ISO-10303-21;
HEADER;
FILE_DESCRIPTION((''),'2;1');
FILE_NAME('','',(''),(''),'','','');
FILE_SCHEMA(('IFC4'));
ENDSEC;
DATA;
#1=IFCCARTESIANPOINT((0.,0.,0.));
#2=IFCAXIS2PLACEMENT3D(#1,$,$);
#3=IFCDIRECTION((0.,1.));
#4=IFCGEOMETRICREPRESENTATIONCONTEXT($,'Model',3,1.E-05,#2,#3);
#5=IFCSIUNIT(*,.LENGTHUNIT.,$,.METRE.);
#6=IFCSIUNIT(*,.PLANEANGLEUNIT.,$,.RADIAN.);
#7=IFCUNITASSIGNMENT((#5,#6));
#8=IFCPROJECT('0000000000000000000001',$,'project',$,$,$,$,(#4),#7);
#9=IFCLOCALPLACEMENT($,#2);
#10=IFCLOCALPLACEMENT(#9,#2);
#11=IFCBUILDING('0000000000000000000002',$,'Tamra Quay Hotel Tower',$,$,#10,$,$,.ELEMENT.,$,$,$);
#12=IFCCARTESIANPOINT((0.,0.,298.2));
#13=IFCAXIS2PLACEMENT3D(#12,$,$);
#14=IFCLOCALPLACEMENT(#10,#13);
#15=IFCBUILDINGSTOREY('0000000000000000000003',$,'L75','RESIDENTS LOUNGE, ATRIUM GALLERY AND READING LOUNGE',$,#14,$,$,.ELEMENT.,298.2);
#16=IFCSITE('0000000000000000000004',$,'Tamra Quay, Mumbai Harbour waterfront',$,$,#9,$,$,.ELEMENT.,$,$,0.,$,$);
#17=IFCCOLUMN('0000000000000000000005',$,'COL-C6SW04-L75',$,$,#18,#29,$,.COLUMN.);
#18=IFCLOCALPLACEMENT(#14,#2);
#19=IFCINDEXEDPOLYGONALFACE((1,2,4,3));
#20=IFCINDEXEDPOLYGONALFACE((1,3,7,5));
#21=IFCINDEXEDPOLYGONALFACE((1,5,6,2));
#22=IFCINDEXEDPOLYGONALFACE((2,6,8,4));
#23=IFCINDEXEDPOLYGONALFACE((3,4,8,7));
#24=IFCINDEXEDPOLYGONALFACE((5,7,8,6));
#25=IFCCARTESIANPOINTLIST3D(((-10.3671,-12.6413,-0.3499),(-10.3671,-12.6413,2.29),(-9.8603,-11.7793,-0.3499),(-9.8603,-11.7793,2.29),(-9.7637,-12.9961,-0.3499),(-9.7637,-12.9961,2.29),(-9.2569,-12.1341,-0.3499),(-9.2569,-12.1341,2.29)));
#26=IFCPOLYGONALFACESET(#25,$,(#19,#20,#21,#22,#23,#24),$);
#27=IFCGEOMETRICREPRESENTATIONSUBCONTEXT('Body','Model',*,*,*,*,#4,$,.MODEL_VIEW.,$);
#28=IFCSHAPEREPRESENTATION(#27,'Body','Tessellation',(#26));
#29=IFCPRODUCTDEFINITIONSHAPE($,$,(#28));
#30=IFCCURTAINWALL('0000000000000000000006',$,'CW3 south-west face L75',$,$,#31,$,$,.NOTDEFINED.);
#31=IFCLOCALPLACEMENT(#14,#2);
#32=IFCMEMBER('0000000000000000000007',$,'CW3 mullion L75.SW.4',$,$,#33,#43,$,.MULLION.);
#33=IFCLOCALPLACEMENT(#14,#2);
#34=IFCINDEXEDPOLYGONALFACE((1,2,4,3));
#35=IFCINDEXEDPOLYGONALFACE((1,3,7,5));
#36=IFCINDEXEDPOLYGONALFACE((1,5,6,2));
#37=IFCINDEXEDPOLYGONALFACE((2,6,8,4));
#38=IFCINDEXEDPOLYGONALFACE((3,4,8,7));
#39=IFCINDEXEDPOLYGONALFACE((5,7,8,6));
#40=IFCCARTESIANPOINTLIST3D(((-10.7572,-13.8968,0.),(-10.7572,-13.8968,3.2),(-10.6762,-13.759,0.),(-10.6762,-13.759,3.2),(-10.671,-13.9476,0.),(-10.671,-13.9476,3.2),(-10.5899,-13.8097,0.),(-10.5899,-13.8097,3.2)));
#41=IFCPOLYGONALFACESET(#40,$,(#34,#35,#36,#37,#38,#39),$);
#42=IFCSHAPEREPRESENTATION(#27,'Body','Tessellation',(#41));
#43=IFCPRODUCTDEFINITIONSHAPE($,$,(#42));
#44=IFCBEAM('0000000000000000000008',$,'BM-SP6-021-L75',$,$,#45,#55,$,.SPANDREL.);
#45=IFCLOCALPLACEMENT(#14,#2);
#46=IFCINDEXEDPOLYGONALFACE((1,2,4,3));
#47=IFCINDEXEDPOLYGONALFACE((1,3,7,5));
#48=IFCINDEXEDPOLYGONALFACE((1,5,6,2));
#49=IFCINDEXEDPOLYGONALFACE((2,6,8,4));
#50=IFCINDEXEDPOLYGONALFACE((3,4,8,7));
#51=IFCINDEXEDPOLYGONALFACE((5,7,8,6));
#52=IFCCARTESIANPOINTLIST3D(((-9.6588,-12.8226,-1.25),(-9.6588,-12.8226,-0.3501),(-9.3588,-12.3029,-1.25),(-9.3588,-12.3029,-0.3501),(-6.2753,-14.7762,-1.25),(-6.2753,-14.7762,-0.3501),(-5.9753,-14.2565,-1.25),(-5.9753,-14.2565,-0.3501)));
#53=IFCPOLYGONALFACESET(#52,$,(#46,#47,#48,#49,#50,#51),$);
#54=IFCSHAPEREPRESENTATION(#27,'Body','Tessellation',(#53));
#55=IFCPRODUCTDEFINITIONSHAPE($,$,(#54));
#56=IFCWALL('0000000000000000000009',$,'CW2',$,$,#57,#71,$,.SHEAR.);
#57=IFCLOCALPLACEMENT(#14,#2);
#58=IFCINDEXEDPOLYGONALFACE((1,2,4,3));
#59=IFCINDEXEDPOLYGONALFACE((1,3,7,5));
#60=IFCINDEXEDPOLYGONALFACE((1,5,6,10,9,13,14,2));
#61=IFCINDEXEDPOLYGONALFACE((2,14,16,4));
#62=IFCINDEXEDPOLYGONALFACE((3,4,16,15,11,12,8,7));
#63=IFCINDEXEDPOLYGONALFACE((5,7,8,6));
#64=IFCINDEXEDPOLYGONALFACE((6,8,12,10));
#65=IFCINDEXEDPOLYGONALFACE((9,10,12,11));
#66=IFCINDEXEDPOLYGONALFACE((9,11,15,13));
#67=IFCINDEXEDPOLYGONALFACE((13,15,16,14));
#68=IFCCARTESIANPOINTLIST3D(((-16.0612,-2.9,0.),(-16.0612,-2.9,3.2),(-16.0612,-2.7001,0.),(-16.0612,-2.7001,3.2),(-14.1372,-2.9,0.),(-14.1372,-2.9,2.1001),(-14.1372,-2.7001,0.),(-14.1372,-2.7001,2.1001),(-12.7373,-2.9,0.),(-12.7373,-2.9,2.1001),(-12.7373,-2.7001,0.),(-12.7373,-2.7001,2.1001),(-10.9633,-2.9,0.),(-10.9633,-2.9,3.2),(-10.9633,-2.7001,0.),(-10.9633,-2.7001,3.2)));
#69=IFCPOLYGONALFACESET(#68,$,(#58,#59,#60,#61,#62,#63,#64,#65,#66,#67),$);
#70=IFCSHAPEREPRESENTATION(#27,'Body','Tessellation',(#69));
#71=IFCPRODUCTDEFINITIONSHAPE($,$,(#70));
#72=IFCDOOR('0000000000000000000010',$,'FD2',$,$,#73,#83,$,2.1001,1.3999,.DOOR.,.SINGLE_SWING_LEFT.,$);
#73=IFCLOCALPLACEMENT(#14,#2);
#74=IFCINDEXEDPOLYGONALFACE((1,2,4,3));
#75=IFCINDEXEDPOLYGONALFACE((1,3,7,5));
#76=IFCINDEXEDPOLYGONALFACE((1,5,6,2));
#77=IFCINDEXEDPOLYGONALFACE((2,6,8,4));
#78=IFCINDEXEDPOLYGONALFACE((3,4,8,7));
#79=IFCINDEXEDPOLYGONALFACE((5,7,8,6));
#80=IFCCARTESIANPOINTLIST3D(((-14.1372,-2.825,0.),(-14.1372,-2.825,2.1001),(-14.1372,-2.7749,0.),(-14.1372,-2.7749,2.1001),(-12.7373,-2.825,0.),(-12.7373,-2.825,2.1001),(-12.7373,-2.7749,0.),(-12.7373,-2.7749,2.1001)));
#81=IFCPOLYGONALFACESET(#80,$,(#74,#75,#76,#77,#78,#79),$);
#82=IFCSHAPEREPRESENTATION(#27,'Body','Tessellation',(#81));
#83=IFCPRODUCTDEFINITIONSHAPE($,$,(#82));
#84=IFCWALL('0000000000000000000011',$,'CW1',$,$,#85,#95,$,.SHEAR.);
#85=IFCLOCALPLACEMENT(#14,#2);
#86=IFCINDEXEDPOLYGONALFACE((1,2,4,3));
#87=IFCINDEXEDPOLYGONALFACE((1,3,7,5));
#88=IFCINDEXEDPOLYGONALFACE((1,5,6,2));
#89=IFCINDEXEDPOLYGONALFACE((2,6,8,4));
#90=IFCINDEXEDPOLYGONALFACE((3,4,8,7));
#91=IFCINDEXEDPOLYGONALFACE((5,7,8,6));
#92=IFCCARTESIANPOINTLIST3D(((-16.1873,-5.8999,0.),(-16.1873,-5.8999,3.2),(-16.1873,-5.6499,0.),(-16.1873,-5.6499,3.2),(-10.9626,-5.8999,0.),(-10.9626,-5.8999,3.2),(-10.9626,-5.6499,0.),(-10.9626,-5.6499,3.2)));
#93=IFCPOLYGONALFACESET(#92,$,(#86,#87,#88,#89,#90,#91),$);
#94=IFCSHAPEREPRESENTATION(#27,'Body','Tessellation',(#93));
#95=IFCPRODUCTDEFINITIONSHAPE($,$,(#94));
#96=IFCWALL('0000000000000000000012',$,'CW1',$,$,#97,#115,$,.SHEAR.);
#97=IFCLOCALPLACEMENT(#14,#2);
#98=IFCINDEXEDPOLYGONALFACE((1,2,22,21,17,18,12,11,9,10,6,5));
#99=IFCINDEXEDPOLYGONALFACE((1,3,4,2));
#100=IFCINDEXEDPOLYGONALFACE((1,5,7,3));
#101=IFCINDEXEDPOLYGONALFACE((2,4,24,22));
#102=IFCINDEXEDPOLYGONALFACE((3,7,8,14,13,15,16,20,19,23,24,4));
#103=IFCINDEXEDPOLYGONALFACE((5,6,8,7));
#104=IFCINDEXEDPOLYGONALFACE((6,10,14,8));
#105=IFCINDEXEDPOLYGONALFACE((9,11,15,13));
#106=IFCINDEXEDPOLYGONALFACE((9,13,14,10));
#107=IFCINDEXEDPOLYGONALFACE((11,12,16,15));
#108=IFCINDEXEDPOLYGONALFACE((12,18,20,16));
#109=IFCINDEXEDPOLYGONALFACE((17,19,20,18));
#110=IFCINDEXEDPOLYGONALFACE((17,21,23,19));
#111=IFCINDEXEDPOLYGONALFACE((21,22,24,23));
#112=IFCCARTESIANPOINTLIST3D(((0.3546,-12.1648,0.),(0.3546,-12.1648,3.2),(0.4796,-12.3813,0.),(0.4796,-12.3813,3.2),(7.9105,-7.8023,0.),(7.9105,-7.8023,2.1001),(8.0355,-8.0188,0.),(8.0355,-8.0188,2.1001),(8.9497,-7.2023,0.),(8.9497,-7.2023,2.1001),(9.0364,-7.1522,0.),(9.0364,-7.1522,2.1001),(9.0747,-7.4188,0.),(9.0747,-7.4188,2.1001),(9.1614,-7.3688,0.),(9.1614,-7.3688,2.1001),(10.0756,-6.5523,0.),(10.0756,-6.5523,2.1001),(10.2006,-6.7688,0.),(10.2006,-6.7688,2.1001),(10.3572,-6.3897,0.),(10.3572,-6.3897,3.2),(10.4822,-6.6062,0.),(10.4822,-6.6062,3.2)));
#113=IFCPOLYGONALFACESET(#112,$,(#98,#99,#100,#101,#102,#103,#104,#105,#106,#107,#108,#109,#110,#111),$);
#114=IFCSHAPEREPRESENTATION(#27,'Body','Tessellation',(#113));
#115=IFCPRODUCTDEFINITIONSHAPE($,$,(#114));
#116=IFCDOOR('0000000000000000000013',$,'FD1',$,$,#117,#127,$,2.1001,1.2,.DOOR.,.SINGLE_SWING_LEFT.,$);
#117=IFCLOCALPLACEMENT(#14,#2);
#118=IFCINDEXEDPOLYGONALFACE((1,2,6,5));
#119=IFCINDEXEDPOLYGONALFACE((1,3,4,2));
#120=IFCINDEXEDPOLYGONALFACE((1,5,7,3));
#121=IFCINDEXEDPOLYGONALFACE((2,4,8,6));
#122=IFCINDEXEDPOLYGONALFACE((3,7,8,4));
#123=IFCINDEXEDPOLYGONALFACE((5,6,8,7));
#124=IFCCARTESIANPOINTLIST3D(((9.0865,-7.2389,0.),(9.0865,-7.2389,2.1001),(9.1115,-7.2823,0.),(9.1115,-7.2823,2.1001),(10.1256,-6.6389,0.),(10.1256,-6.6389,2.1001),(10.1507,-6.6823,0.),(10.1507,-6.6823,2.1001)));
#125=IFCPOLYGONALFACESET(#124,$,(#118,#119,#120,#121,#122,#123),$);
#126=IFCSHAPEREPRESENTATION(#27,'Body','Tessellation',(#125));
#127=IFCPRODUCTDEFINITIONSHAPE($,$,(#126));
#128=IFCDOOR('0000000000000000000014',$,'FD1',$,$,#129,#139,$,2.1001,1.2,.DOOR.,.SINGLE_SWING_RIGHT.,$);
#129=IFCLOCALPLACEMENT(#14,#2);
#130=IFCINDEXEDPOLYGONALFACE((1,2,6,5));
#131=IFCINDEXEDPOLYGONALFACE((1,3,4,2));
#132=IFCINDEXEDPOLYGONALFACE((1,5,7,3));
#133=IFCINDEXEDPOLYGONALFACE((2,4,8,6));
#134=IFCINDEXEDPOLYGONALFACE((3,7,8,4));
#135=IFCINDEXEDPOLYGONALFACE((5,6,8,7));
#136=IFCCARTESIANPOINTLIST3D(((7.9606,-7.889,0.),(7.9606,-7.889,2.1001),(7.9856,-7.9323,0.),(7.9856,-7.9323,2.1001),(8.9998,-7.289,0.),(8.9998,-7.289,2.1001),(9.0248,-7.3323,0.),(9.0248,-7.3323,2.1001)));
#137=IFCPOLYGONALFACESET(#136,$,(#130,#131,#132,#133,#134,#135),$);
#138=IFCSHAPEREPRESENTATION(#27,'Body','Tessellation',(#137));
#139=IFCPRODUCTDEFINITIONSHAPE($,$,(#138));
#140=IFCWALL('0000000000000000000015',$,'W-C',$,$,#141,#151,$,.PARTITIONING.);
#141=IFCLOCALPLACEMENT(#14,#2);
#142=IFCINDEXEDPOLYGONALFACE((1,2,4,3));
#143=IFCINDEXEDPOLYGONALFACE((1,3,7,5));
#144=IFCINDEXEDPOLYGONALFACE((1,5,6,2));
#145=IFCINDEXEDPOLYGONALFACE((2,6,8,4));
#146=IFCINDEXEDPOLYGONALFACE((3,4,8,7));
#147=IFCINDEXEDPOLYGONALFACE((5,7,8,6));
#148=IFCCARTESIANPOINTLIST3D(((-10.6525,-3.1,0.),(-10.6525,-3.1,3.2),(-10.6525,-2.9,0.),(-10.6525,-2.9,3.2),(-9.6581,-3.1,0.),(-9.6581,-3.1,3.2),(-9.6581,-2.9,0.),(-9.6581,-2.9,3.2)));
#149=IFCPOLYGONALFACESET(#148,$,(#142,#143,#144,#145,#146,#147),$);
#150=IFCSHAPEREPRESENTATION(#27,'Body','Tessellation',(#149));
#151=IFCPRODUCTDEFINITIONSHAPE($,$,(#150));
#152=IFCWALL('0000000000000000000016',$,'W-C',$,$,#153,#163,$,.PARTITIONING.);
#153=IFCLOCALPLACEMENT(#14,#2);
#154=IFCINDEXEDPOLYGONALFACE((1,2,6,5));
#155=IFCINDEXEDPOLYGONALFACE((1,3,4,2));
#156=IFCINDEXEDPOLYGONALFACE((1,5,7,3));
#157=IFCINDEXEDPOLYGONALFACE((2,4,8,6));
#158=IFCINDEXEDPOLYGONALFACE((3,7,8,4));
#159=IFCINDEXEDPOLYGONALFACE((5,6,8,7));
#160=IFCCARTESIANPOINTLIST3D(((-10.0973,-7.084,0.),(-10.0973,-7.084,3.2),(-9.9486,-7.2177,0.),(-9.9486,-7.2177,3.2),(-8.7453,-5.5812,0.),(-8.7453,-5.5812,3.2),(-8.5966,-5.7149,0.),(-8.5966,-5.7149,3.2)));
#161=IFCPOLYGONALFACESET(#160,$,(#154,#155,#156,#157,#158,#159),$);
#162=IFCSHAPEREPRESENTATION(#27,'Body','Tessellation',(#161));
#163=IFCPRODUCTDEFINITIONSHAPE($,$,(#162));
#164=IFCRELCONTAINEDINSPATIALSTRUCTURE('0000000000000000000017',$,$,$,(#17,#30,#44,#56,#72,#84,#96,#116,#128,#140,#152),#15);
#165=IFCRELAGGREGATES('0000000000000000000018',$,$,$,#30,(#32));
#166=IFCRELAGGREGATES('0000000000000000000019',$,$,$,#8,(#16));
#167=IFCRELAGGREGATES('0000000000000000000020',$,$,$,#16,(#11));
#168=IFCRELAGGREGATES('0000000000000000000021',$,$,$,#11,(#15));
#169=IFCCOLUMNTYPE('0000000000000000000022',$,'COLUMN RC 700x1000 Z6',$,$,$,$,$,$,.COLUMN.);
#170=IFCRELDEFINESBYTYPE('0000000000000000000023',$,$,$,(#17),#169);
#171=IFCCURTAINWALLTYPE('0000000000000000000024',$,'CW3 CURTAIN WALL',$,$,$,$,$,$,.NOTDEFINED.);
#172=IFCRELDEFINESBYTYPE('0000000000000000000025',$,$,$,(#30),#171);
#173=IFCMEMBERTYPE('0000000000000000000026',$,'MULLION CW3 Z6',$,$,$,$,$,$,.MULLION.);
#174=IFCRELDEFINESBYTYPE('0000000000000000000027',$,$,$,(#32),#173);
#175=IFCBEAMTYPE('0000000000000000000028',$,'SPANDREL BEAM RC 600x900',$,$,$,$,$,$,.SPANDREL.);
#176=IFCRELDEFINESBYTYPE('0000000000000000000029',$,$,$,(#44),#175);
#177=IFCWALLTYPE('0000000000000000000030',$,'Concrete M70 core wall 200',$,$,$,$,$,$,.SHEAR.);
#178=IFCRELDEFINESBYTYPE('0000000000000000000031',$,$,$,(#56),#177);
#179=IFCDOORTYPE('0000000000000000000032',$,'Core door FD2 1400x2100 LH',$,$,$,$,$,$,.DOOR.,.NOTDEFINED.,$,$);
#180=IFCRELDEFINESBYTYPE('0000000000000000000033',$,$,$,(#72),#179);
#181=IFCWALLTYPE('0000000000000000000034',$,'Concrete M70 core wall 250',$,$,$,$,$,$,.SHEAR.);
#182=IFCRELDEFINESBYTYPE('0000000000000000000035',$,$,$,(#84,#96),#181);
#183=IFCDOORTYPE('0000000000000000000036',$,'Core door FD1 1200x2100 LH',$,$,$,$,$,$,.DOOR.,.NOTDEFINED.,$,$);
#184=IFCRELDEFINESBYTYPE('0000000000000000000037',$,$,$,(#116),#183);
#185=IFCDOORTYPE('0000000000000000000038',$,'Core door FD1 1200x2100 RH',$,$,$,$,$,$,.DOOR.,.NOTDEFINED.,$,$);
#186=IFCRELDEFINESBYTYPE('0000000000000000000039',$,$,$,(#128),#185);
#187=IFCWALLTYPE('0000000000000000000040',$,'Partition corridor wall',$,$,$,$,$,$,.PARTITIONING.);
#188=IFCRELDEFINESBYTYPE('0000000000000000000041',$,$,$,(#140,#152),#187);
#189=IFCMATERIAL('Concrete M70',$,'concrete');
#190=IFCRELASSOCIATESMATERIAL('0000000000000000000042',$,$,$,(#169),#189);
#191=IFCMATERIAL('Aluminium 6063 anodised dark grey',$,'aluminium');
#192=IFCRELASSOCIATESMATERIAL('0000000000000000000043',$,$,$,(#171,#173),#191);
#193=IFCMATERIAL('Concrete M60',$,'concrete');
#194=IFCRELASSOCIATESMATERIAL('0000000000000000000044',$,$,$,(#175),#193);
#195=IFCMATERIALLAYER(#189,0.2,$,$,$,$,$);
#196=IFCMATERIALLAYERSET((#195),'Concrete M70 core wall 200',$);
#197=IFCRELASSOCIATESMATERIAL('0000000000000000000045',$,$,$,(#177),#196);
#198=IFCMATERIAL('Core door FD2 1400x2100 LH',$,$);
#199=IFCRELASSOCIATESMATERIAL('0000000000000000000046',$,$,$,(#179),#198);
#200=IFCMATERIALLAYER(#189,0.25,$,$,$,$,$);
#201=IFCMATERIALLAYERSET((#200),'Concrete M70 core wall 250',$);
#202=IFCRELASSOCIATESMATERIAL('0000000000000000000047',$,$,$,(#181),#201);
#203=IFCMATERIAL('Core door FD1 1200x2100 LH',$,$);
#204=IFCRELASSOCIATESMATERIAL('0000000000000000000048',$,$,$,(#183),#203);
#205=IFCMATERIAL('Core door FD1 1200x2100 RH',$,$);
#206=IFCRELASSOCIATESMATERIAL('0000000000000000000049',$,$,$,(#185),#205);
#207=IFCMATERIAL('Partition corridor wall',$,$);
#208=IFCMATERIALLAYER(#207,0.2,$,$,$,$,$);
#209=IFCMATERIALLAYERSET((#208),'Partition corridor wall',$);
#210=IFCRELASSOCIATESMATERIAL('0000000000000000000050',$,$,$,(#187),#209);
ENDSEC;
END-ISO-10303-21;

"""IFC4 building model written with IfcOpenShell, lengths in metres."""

from ifc_helpers import new_model, si_unit, direction, frame, frame_2d, origin, origin_2d, place, context, subcontext, project, spatial, rectangle, extrude, material, layer, layer_set, material_profile, profile_set, type_object, element, fill, aggregate, save


model = new_model("IFC4")

# Units and contexts
model_context = context("Model", 3, precision=1e-05, world=origin(), true_north=direction((0.0, 1.0)))
body_context = subcontext(model_context, "Body", "Model", "MODEL_VIEW")
ifc_project = project(units=[si_unit("LENGTHUNIT", "METRE"), si_unit("PLANEANGLEUNIT", "RADIAN")], contexts=[model_context])

# Site, building, storey
site_placement = place(None, origin())
site = spatial("IfcSite", under=ifc_project, at=site_placement, Name="Tamra Quay, Mumbai Harbour waterfront", CompositionType="ELEMENT", RefElevation=0.0)
building_placement = place(site_placement, origin())
building = spatial("IfcBuilding", under=site, at=building_placement, Name="Tamra Quay Hotel Tower", CompositionType="ELEMENT")
storey_placement = place(building_placement, frame((0.0, 0.0, 298.2)))
storey = spatial("IfcBuildingStorey", under=building, at=storey_placement, Name="L75", Description="RESIDENTS LOUNGE, ATRIUM GALLERY AND READING LOUNGE", CompositionType="ELEMENT", Elevation=298.2)

# Column
ifc_material_1 = material(Name="Concrete M70", Category="concrete")
ifc_material_profile_1 = material_profile(ifc_material_1, rectangle(XDim=1.0, YDim=0.7, at=origin_2d()), Name="COLUMN RC 700x1000 Z6")
ifc_profile_set_1 = profile_set([ifc_material_profile_1], Name="Concrete M70")
column_type = type_object("IfcColumnType", Name="COLUMN RC 700x1000 Z6", PredefinedType="COLUMN", material=ifc_profile_set_1)
column_placement = place(storey_placement, frame((-9.812, -12.3877, -0.3499), z_axis=(0.0, 0.0, 1.0), x_axis=(0.506843, 0.862038, 0.0)))
element("IfcColumn", 1, at=column_placement, inside=storey, type_object=column_type, Name="COL-C6SW04-L75", PredefinedType="COLUMN", context=body_context, shape_type="SweptSolid", body=[
    extrude(rectangle(XDim=1.0, YDim=0.7, at=origin_2d()), origin(), (0.0, 0.0, 1.0), 2.6399),
])

# Curtain wall, member
ifc_material_2 = material(Name="Aluminium 6063 anodised dark grey", Category="aluminium")
curtain_wall_type = type_object("IfcCurtainWallType", Name="CW3 CURTAIN WALL", PredefinedType="NOTDEFINED", material=ifc_material_2)
curtain_wall_placement = place(storey_placement, origin())
curtain_wall = element("IfcCurtainWall", 2, at=curtain_wall_placement, inside=storey, type_object=curtain_wall_type, Name="CW3 south-west face L75", PredefinedType="NOTDEFINED")
ifc_material_profile_2 = material_profile(ifc_material_2, rectangle(XDim=0.1599, YDim=0.1001, at=origin_2d()), Name="MULLION 100X160")
ifc_profile_set_2 = profile_set([ifc_material_profile_2], Name="Aluminium 6063 anodised dark grey")
member_type = type_object("IfcMemberType", Name="MULLION CW3 Z6", PredefinedType="MULLION", material=ifc_profile_set_2)
member_placement = place(storey_placement, frame((-10.6736, -13.8533, 0.0), z_axis=(0.0, 0.0, 1.0), x_axis=(-0.506754, -0.862091, 0.0)))
member = element("IfcMember", 3, at=member_placement, type_object=member_type, Name="CW3 mullion L75.SW.4", PredefinedType="MULLION", context=body_context, shape_type="SweptSolid", body=[
    extrude(rectangle(XDim=0.1599, YDim=0.1001, at=origin_2d()), origin(), (0.0, 0.0, 1.0), 3.2),
])
aggregate(curtain_wall, [member])

# Beam
ifc_material_3 = material(Name="Concrete M60", Category="concrete")
ifc_material_profile_3 = material_profile(ifc_material_3, rectangle(XDim=0.6001, YDim=0.8999, at=origin_2d()), Name="SPANDREL BEAM RC 600x900")
ifc_profile_set_3 = profile_set([ifc_material_profile_3], Name="Concrete M60")
beam_type = type_object("IfcBeamType", Name="SPANDREL BEAM RC 600x900", PredefinedType="SPANDREL", material=ifc_profile_set_3)
beam_placement = place(storey_placement, frame((-9.5088, -12.5627, -0.8), z_axis=(0.866012, -0.500024, 0.0), x_axis=(0.500024, 0.866012, 0.0)))
element("IfcBeam", 4, at=beam_placement, inside=storey, type_object=beam_type, Name="BM-SP6-021-L75", PredefinedType="SPANDREL", context=body_context, shape_type="SweptSolid", body=[
    extrude(rectangle(XDim=0.6001, YDim=0.8999, at=origin_2d()), origin(), (0.0, 0.0, 1.0), 3.907),
])

# Wall, opening, door
ifc_layer_1 = layer(ifc_material_1, 0.2)
ifc_layer_set_1 = layer_set([ifc_layer_1], Name="Concrete M70 core wall 200")
wall_type_1 = type_object("IfcWallType", Name="Concrete M70 core wall 200", PredefinedType="SHEAR", material=ifc_layer_set_1)
wall_1_placement = place(storey_placement, frame((-10.9634, -2.8, 0.0), z_axis=(0.0, 0.0, 1.0), x_axis=(-1.0, 0.0, 0.0)))
wall_1 = element("IfcWall", 5, at=wall_1_placement, inside=storey, type_object=wall_type_1, Name="CW2", PredefinedType="SHEAR", context=body_context, shape_type="SweptSolid", body=[
    extrude(rectangle(XDim=5.0979, YDim=0.2, at=frame_2d((2.5488, 0.0))), origin(), (0.0, 0.0, 1.0), 3.2),
])
opening_1_placement = place(wall_1_placement, frame((1.7739, 0.0, 0.0)))
opening_1 = element("IfcOpeningElement", 6, at=opening_1_placement, cuts=wall_1, PredefinedType="OPENING", context=body_context, shape_type="SweptSolid", body=[
    extrude(rectangle(XDim=1.3999, YDim=2.1001, at=frame_2d((0.7, 1.05))), frame((0.0, 0.1099, 0.0), z_axis=(0.0, -1.0, 0.0), x_axis=(1.0, 0.0, 0.0)), (0.0, 0.0, 1.0), 0.22),
])
ifc_material_4 = material(Name="Core door FD2 1400x2100 LH")
door_type_1 = type_object("IfcDoorType", Name="Core door FD2 1400x2100 LH", OperationType="NOTDEFINED", PredefinedType="DOOR", material=ifc_material_4)
door_1_placement = place(opening_1_placement, origin())
door_1 = element("IfcDoor", 7, at=door_1_placement, inside=storey, type_object=door_type_1, Name="FD2", OperationType="SINGLE_SWING_LEFT", OverallHeight=2.1001, OverallWidth=1.3999, PredefinedType="DOOR", context=body_context, shape_type="SweptSolid", body=[
    extrude(rectangle(XDim=1.3999, YDim=2.1001, at=frame_2d((0.7, 1.05))), frame((0.0, 0.0249, 0.0), z_axis=(0.0, -1.0, 0.0), x_axis=(1.0, 0.0, 0.0)), (0.0, 0.0, 1.0), 0.05),
])
fill(opening_1, door_1)

# Wall
ifc_layer_2 = layer(ifc_material_1, 0.25)
ifc_layer_set_2 = layer_set([ifc_layer_2], Name="Concrete M70 core wall 250")
wall_type_2 = type_object("IfcWallType", Name="Concrete M70 core wall 250", PredefinedType="SHEAR", material=ifc_layer_set_2)
wall_2_placement = place(storey_placement, frame((-10.9626, -5.7749, 0.0), z_axis=(0.0, 0.0, 1.0), x_axis=(-1.0, 0.0, 0.0)))
element("IfcWall", 8, at=wall_2_placement, inside=storey, type_object=wall_type_2, Name="CW1", PredefinedType="SHEAR", context=body_context, shape_type="SweptSolid", body=[
    extrude(rectangle(XDim=5.2246, YDim=0.25, at=frame_2d((2.6123, 0.0))), origin(), (0.0, 0.0, 1.0), 3.2),
])

# Wall, openings, doors
wall_3_placement = place(storey_placement, frame((0.4172, -12.2729, 0.0), z_axis=(0.0, 0.0, 1.0), x_axis=(0.866022, 0.500006, 0.0)))
wall_3 = element("IfcWall", 9, at=wall_3_placement, inside=storey, type_object=wall_type_2, Name="CW1", PredefinedType="SHEAR", context=body_context, shape_type="SweptSolid", body=[
    extrude(rectangle(XDim=11.55, YDim=0.25, at=frame_2d((5.7749, 0.0))), origin(), (0.0, 0.0, 1.0), 3.2),
])
opening_2_placement = place(wall_3_placement, frame((10.0247, 0.0, 0.0)))
opening_2 = element("IfcOpeningElement", 10, at=opening_2_placement, cuts=wall_3, PredefinedType="OPENING", context=body_context, shape_type="SweptSolid", body=[
    extrude(rectangle(XDim=1.2, YDim=2.1001, at=frame_2d((0.6001, 1.05))), frame((0.0, 0.135, 0.0), z_axis=(0.0, -1.0, 0.0), x_axis=(1.0, 0.0, 0.0)), (0.0, 0.0, 1.0), 0.27),
])
opening_3_placement = place(wall_3_placement, frame((8.7246, 0.0, 0.0)))
opening_3 = element("IfcOpeningElement", 11, at=opening_3_placement, cuts=wall_3, PredefinedType="OPENING", context=body_context, shape_type="SweptSolid", body=[
    extrude(rectangle(XDim=1.2, YDim=2.1001, at=frame_2d((0.6001, 1.05))), frame((0.0, 0.135, 0.0), z_axis=(0.0, -1.0, 0.0), x_axis=(1.0, 0.0, 0.0)), (0.0, 0.0, 1.0), 0.27),
])
ifc_material_5 = material(Name="Core door FD1 1200x2100 LH")
door_type_2 = type_object("IfcDoorType", Name="Core door FD1 1200x2100 LH", OperationType="NOTDEFINED", PredefinedType="DOOR", material=ifc_material_5)
door_2_placement = place(opening_2_placement, origin())
door_2 = element("IfcDoor", 12, at=door_2_placement, inside=storey, type_object=door_type_2, Name="FD1", OperationType="SINGLE_SWING_LEFT", OverallHeight=2.1001, OverallWidth=1.2, PredefinedType="DOOR", context=body_context, shape_type="SweptSolid", body=[
    extrude(rectangle(XDim=1.2, YDim=2.1001, at=frame_2d((0.6001, 1.05))), frame((0.0, 0.0249, 0.0), z_axis=(0.0, -1.0, 0.0), x_axis=(1.0, 0.0, 0.0)), (0.0, 0.0, 1.0), 0.05),
])
fill(opening_2, door_2)
ifc_material_6 = material(Name="Core door FD1 1200x2100 RH")
door_type_3 = type_object("IfcDoorType", Name="Core door FD1 1200x2100 RH", OperationType="NOTDEFINED", PredefinedType="DOOR", material=ifc_material_6)
door_3_placement = place(opening_3_placement, origin())
door_3 = element("IfcDoor", 13, at=door_3_placement, inside=storey, type_object=door_type_3, Name="FD1", OperationType="SINGLE_SWING_RIGHT", OverallHeight=2.1001, OverallWidth=1.2, PredefinedType="DOOR", context=body_context, shape_type="SweptSolid", body=[
    extrude(rectangle(XDim=1.2, YDim=2.1001, at=frame_2d((0.6001, 1.05))), frame((0.0, 0.0249, 0.0), z_axis=(0.0, -1.0, 0.0), x_axis=(1.0, 0.0, 0.0)), (0.0, 0.0, 1.0), 0.05),
])
fill(opening_3, door_3)

# Walls
ifc_material_7 = material(Name="Partition corridor wall")
ifc_layer_3 = layer(ifc_material_7, 0.2)
ifc_layer_set_3 = layer_set([ifc_layer_3], Name="Partition corridor wall")
wall_type_3 = type_object("IfcWallType", Name="Partition corridor wall", PredefinedType="PARTITIONING", material=ifc_layer_set_3)
wall_4_placement = place(storey_placement, frame((-10.6523, -3.0, 0.0), z_axis=(0.0, 0.0, 1.0), x_axis=(1.0, 0.0, 0.0)))
element("IfcWall", 14, at=wall_4_placement, inside=storey, type_object=wall_type_3, Name="W-C", PredefinedType="PARTITIONING", context=body_context, shape_type="SweptSolid", body=[
    extrude(rectangle(XDim=0.9944, YDim=0.2, at=frame_2d((0.4971, 0.0))), origin(), (0.0, 0.0, 1.0), 3.2),
])
wall_5_placement = place(storey_placement, frame((-10.0229, -7.1509, 0.0), z_axis=(0.0, 0.0, 1.0), x_axis=(0.668805, 0.743438, 0.0)))
element("IfcWall", 15, at=wall_5_placement, inside=storey, type_object=wall_type_3, Name="W-C", PredefinedType="PARTITIONING", context=body_context, shape_type="SweptSolid", body=[
    extrude(rectangle(XDim=2.0215, YDim=0.2, at=frame_2d((1.0107, 0.0))), origin(), (0.0, 0.0, 1.0), 3.2),
])

save(model, "model.ifc")
